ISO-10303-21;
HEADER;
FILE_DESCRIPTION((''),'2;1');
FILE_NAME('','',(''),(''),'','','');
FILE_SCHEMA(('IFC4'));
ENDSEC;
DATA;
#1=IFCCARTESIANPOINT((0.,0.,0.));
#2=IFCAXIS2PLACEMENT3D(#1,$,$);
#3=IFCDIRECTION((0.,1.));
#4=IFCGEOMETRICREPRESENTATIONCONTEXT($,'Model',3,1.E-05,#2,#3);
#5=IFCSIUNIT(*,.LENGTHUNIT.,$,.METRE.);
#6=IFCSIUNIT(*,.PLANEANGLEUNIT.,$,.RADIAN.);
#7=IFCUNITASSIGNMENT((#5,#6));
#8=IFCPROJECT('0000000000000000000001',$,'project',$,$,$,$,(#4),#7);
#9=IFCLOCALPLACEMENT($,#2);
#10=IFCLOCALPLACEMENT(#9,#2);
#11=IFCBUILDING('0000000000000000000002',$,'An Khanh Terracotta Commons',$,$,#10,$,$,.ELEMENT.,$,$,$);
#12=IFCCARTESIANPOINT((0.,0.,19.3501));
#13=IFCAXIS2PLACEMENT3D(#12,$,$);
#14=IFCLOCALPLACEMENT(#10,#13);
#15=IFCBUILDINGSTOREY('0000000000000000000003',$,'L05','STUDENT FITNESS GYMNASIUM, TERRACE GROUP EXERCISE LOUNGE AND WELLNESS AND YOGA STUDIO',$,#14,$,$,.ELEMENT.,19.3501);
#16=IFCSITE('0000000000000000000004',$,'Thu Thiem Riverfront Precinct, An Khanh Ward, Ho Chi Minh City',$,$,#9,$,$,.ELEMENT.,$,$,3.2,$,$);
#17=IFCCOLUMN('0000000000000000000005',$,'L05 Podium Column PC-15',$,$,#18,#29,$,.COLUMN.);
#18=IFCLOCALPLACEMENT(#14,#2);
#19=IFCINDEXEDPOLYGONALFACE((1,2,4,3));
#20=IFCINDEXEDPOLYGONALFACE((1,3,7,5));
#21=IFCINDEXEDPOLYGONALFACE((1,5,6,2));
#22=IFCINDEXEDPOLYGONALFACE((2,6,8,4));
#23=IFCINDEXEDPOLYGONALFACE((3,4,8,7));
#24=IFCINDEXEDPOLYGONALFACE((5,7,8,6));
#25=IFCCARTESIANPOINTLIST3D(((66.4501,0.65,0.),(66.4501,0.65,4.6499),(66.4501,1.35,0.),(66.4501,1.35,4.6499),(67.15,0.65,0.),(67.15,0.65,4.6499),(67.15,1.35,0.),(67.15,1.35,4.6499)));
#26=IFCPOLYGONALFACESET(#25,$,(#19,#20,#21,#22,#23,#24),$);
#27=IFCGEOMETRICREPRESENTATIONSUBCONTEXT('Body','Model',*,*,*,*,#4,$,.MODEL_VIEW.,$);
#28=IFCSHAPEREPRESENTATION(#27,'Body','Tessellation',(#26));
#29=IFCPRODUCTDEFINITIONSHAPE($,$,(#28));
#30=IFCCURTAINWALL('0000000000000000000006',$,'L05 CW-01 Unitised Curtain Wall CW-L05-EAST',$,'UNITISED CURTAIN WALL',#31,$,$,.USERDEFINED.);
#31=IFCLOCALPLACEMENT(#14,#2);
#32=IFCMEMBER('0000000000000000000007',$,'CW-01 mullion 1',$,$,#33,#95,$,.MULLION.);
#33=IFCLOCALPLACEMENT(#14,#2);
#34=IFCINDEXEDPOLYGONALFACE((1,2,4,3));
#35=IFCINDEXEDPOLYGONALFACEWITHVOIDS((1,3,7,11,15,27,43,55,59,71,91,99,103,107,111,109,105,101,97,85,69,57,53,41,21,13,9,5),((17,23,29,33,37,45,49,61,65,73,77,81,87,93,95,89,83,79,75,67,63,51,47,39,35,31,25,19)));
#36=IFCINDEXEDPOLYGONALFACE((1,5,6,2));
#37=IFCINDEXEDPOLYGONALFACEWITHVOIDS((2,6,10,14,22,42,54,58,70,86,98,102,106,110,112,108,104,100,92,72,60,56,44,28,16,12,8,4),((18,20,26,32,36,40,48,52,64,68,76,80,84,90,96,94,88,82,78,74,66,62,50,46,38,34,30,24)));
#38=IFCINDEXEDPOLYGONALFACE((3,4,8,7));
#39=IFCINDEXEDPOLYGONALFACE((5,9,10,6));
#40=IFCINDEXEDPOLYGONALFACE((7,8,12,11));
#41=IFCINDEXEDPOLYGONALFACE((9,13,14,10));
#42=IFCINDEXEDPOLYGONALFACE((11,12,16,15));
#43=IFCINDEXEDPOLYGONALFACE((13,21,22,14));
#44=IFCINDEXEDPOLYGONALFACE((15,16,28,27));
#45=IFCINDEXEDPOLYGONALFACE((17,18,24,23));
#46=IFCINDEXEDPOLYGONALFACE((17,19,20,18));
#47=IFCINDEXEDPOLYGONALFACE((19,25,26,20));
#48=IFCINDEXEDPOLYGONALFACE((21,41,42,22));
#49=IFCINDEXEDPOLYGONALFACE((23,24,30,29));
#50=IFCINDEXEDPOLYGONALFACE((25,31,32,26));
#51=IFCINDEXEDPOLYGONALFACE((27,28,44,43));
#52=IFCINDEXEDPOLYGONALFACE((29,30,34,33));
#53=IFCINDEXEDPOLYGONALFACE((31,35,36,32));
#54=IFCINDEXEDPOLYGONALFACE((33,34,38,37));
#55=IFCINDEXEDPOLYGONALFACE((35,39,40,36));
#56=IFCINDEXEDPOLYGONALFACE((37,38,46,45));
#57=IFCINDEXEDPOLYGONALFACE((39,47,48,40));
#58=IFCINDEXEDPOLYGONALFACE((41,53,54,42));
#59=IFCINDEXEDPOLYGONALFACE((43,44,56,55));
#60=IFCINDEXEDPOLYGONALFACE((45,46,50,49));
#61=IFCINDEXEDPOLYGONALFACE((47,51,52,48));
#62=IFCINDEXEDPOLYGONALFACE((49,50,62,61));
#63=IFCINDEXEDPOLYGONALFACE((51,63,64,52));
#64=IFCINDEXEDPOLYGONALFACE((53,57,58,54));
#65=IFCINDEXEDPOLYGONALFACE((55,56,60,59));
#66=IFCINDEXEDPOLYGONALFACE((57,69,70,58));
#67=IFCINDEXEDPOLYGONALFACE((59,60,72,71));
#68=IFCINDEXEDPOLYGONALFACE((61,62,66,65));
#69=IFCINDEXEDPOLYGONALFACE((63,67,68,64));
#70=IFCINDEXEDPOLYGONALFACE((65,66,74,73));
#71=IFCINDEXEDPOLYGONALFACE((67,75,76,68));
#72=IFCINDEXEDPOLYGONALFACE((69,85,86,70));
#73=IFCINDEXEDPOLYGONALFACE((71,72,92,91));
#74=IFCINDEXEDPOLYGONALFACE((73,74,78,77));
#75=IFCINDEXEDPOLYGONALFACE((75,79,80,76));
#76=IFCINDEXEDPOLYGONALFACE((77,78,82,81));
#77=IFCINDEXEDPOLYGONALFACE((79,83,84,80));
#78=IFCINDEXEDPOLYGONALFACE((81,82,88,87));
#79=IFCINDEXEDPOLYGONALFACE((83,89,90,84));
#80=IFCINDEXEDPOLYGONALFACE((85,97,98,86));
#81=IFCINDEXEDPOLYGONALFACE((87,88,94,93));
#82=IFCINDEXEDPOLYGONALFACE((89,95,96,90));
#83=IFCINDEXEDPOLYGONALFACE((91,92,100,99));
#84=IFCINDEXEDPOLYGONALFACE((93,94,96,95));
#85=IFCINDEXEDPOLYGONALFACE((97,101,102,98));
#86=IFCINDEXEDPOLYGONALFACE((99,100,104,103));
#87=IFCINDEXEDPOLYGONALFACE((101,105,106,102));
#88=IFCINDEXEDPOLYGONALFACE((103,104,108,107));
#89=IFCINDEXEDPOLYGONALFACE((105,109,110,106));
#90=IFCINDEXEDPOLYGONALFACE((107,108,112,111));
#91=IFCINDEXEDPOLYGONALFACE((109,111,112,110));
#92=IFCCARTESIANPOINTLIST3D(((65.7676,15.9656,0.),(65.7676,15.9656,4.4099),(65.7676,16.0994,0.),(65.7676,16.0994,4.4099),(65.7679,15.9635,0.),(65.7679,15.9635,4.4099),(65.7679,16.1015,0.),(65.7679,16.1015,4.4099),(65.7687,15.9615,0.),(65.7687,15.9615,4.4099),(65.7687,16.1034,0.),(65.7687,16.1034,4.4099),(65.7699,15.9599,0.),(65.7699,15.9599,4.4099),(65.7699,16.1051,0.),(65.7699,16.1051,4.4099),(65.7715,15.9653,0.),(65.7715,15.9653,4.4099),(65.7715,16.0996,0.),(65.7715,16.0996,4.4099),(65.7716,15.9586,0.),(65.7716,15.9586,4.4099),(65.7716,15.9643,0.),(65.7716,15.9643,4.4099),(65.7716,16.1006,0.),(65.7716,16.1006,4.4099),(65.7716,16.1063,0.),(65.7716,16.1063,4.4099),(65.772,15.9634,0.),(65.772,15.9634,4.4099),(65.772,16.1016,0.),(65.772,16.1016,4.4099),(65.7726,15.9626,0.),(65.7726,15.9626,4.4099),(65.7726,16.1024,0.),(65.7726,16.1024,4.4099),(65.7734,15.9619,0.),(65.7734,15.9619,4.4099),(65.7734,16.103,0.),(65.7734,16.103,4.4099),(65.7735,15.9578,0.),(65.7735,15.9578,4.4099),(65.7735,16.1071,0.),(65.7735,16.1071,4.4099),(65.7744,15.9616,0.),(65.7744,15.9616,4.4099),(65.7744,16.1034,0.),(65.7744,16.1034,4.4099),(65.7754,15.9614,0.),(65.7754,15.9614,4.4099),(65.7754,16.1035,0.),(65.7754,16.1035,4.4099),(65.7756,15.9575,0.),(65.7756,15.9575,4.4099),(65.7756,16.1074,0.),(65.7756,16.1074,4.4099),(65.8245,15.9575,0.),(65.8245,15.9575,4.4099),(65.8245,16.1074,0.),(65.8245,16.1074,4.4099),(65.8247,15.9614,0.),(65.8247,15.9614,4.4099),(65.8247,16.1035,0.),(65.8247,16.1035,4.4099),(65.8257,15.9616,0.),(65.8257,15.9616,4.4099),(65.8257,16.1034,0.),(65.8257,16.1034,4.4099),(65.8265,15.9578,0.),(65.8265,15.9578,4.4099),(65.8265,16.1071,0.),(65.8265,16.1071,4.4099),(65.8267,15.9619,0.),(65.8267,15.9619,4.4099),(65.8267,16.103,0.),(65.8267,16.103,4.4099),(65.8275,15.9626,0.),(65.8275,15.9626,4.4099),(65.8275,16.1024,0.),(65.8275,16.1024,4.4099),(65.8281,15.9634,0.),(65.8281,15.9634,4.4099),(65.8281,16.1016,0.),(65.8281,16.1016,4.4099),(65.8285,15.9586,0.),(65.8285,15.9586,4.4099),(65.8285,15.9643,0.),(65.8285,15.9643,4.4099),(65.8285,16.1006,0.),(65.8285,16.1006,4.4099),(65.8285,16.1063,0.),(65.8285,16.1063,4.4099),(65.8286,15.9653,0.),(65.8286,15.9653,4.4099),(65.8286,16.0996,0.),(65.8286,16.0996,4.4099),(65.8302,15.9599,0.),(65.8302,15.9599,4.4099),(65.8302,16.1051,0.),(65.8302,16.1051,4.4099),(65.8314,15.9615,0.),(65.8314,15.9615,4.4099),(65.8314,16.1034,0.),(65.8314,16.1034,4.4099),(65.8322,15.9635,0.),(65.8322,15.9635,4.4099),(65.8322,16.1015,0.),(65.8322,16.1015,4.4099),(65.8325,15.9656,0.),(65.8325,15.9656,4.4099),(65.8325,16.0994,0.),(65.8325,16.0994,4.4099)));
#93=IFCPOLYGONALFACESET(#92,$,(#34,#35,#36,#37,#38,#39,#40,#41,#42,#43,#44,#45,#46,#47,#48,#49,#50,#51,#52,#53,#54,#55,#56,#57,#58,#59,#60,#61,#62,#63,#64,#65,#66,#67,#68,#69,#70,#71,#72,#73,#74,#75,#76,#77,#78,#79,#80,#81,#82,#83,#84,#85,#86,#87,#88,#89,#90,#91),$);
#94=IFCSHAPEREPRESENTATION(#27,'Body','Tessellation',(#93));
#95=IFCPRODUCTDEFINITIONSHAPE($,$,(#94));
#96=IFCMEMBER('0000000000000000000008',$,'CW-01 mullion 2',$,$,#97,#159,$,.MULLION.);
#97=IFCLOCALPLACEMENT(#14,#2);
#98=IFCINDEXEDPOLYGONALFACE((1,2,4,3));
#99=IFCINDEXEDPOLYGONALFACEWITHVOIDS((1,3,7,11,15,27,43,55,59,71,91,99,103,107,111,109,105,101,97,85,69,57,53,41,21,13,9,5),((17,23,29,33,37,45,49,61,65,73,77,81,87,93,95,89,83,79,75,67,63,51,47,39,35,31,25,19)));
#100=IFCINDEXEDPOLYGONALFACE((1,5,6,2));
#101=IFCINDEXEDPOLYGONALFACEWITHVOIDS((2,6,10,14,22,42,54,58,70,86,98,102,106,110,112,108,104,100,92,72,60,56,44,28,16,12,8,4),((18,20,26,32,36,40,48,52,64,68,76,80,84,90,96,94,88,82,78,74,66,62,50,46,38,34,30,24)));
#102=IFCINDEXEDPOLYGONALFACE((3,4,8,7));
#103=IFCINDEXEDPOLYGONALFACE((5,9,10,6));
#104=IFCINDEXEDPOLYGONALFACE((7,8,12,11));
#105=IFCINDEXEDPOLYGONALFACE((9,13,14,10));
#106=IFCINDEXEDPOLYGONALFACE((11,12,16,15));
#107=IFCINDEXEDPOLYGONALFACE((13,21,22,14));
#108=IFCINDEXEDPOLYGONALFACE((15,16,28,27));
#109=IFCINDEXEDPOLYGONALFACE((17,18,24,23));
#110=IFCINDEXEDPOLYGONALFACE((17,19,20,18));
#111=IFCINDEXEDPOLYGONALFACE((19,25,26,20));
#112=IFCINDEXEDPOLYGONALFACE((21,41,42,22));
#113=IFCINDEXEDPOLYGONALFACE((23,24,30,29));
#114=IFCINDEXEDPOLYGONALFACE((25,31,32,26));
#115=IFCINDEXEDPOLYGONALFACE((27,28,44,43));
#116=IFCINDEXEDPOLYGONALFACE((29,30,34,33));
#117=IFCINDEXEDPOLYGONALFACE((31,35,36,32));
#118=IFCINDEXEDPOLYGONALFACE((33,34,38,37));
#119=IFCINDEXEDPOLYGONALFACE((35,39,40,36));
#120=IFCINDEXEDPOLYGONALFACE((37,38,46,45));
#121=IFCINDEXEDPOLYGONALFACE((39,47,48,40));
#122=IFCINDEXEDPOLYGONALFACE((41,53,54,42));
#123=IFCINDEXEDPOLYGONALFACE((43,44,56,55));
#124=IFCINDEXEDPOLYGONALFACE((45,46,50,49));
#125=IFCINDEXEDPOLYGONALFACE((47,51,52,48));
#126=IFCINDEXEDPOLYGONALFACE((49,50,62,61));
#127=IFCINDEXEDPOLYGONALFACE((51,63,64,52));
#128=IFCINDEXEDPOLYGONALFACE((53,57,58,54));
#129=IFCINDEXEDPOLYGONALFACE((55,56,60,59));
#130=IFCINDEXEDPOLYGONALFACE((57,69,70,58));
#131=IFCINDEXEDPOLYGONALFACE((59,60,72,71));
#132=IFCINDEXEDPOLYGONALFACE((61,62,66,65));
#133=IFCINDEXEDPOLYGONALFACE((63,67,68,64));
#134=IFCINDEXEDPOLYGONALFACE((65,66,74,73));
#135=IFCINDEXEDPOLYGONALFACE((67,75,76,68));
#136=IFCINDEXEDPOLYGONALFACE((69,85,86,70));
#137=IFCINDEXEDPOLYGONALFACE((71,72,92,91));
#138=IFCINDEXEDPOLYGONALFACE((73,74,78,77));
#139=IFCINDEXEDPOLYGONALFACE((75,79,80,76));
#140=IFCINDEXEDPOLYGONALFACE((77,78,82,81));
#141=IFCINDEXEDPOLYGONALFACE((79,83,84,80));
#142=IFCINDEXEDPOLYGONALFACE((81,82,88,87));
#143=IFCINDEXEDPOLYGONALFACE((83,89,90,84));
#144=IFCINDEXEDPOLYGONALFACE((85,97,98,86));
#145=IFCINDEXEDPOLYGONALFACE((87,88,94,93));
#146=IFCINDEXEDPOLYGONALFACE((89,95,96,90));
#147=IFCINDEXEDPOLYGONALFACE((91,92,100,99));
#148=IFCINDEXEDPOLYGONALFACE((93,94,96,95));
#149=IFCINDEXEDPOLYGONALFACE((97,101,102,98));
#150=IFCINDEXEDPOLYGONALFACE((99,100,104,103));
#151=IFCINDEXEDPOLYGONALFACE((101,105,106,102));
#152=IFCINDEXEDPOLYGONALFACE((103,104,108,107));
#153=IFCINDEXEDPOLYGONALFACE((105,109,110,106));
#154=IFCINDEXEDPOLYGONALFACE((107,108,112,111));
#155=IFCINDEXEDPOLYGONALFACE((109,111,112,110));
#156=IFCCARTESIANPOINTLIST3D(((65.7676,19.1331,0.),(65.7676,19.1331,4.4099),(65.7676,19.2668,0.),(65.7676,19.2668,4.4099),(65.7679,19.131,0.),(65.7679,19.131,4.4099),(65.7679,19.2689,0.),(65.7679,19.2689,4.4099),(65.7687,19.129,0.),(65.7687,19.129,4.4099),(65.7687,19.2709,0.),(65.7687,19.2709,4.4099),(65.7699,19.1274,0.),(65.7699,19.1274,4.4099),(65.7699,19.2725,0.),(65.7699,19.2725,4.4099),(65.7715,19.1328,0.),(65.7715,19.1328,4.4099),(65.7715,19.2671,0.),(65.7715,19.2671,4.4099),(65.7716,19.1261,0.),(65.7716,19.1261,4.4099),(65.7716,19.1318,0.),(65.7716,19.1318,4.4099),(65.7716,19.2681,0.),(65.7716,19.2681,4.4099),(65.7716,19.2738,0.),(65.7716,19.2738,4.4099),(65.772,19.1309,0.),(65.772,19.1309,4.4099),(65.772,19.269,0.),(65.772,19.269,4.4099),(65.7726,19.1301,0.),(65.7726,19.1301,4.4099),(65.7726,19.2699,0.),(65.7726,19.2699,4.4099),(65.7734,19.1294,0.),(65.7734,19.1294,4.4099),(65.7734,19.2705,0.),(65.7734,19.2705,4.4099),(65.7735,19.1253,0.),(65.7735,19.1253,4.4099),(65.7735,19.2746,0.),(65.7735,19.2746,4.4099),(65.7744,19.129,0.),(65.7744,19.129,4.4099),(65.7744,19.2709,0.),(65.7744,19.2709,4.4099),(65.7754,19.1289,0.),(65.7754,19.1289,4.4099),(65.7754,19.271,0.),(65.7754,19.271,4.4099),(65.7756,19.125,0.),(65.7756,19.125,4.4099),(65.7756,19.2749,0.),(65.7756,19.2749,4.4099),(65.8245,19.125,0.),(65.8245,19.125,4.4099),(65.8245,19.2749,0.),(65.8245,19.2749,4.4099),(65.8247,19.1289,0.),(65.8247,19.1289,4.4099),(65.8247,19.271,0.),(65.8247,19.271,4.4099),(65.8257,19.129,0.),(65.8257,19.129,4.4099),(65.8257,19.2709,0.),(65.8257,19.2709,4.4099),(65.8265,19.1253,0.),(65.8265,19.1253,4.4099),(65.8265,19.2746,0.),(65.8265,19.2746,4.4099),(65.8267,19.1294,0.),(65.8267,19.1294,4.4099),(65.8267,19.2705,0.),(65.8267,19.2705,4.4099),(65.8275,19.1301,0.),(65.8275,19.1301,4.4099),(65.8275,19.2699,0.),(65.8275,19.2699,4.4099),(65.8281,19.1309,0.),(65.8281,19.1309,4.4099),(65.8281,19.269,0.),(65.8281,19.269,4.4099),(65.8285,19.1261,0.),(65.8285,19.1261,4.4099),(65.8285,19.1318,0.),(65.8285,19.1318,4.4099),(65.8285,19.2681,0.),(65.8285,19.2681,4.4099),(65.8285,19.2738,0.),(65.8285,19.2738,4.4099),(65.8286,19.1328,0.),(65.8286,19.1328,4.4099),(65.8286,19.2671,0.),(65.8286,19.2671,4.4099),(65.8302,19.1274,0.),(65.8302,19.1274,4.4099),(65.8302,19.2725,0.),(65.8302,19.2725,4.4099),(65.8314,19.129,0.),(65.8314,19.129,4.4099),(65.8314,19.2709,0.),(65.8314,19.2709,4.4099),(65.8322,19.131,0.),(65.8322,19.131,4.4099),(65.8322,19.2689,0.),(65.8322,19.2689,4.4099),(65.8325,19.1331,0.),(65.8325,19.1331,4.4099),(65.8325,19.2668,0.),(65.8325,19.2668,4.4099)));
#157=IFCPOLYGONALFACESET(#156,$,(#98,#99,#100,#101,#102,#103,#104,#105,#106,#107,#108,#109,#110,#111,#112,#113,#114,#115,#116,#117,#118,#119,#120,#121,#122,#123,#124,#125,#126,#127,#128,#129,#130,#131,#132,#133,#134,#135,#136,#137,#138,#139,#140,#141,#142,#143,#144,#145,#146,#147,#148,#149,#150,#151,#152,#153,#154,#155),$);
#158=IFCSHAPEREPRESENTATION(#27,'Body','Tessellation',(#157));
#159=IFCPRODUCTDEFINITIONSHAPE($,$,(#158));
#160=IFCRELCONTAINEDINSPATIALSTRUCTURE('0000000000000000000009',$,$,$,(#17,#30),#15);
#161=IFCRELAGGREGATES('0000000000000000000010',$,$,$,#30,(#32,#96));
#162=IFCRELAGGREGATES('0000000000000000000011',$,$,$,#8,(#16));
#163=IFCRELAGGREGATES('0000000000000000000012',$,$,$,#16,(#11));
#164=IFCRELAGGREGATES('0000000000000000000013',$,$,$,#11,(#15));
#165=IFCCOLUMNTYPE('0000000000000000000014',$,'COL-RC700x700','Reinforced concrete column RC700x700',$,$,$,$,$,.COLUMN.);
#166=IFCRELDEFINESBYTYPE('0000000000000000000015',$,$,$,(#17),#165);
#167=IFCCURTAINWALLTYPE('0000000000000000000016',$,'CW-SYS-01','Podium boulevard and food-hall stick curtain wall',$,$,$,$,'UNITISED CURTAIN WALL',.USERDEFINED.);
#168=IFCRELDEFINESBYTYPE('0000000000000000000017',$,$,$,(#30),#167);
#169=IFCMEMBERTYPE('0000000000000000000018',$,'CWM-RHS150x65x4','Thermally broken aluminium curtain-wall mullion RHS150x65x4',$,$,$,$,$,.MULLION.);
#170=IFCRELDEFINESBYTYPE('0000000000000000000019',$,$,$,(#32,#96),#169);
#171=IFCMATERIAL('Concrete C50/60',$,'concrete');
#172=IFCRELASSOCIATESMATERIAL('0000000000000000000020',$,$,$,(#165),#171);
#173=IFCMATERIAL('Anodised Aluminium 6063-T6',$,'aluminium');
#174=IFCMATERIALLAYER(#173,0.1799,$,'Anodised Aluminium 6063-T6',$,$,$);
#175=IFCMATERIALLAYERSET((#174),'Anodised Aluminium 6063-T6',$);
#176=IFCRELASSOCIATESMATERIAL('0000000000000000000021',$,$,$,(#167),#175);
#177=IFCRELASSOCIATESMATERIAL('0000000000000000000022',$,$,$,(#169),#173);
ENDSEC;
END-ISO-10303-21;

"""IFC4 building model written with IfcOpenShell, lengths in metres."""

from ifc_helpers import new_model, si_unit, direction, frame, origin, origin_2d, place, context, subcontext, project, spatial, rectangle, hollow_rectangle, extrude, material, layer, layer_set, material_profile, profile_set, type_object, element, aggregate, save


model = new_model("IFC4")

# Units and contexts
model_context = context("Model", 3, precision=1e-05, world=origin(), true_north=direction((0.0, 1.0)))
body_context = subcontext(model_context, "Body", "Model", "MODEL_VIEW")
ifc_project = project(units=[si_unit("LENGTHUNIT", "METRE"), si_unit("PLANEANGLEUNIT", "RADIAN")], contexts=[model_context])

# Site, building, storey
site_placement = place(None, origin())
site = spatial("IfcSite", under=ifc_project, at=site_placement, Name="Thu Thiem Riverfront Precinct, An Khanh Ward, Ho Chi Minh City", CompositionType="ELEMENT", RefElevation=3.2)
building_placement = place(site_placement, origin())
building = spatial("IfcBuilding", under=site, at=building_placement, Name="An Khanh Terracotta Commons", CompositionType="ELEMENT")
storey_placement = place(building_placement, frame((0.0, 0.0, 19.3501)))
storey = spatial("IfcBuildingStorey", under=building, at=storey_placement, Name="L05", Description="STUDENT FITNESS GYMNASIUM, TERRACE GROUP EXERCISE LOUNGE AND WELLNESS AND YOGA STUDIO", CompositionType="ELEMENT", Elevation=19.3501)

# Column
ifc_material_1 = material(Name="Concrete C50/60", Category="concrete")
ifc_material_profile_1 = material_profile(ifc_material_1, rectangle(XDim=0.7, YDim=0.7, at=origin_2d()), Name="RC700x700")
ifc_profile_set_1 = profile_set([ifc_material_profile_1], Name="Concrete C50/60")
column_type = type_object("IfcColumnType", Name="COL-RC700x700", Description="Reinforced concrete column RC700x700", PredefinedType="COLUMN", material=ifc_profile_set_1)
column_placement = place(storey_placement, frame((66.8, 1.0, 0.0), z_axis=(0.0, 0.0, 1.0), x_axis=(1.0, 0.0, 0.0)))
element("IfcColumn", 1, at=column_placement, inside=storey, type_object=column_type, Name="L05 Podium Column PC-15", PredefinedType="COLUMN", context=body_context, shape_type="SweptSolid", body=[
    extrude(rectangle(XDim=0.7, YDim=0.7, at=origin_2d()), origin(), (0.0, 0.0, 1.0), 4.6499),
])

# Curtain wall, members
ifc_material_2 = material(Name="Anodised Aluminium 6063-T6", Category="aluminium")
ifc_layer_1 = layer(ifc_material_2, 0.1799, Name="Anodised Aluminium 6063-T6")
ifc_layer_set_1 = layer_set([ifc_layer_1], Name="Anodised Aluminium 6063-T6")
curtain_wall_type = type_object("IfcCurtainWallType", Name="CW-SYS-01", Description="Podium boulevard and food-hall stick curtain wall", ElementType="UNITISED CURTAIN WALL", PredefinedType="USERDEFINED", material=ifc_layer_set_1)
curtain_wall_placement = place(storey_placement, origin())
curtain_wall = element("IfcCurtainWall", 2, at=curtain_wall_placement, inside=storey, type_object=curtain_wall_type, Name="L05 CW-01 Unitised Curtain Wall CW-L05-EAST", ObjectType="UNITISED CURTAIN WALL", PredefinedType="USERDEFINED")
ifc_material_profile_2 = material_profile(ifc_material_2, hollow_rectangle(XDim=0.0649, YDim=0.1499, WallThickness=0.0039, InnerFilletRadius=0.0039, OuterFilletRadius=0.0081, at=origin_2d()), Name="RHS150x65x4")
ifc_profile_set_2 = profile_set([ifc_material_profile_2], Name="Anodised Aluminium 6063-T6")
member_type_1 = type_object("IfcMemberType", Name="CWM-RHS150x65x4", Description="Thermally broken aluminium curtain-wall mullion RHS150x65x4", PredefinedType="MULLION", material=ifc_profile_set_2)
member_1_placement = place(storey_placement, frame((65.8, 16.0325, 0.0), z_axis=(0.0, 0.0, 1.0), x_axis=(-1.0, 0.0, 0.0)))
member_1 = element("IfcMember", 3, at=member_1_placement, type_object=member_type_1, Name="CW-01 mullion 1", PredefinedType="MULLION", context=body_context, shape_type="SweptSolid", body=[
    extrude(hollow_rectangle(XDim=0.0649, YDim=0.1499, WallThickness=0.0039, InnerFilletRadius=0.0039, OuterFilletRadius=0.0081, at=origin_2d()), origin(), (0.0, 0.0, 1.0), 4.4099),
])
member_2_placement = place(storey_placement, frame((65.8, 19.2, 0.0), z_axis=(0.0, 0.0, 1.0), x_axis=(-1.0, 0.0, 0.0)))
member_2 = element("IfcMember", 4, at=member_2_placement, type_object=member_type_1, Name="CW-01 mullion 2", PredefinedType="MULLION", context=body_context, shape_type="SweptSolid", body=[
    extrude(hollow_rectangle(XDim=0.0649, YDim=0.1499, WallThickness=0.0039, InnerFilletRadius=0.0039, OuterFilletRadius=0.0081, at=origin_2d()), origin(), (0.0, 0.0, 1.0), 4.4099),
])
aggregate(curtain_wall, [member_1, member_2])

save(model, "model.ifc")
